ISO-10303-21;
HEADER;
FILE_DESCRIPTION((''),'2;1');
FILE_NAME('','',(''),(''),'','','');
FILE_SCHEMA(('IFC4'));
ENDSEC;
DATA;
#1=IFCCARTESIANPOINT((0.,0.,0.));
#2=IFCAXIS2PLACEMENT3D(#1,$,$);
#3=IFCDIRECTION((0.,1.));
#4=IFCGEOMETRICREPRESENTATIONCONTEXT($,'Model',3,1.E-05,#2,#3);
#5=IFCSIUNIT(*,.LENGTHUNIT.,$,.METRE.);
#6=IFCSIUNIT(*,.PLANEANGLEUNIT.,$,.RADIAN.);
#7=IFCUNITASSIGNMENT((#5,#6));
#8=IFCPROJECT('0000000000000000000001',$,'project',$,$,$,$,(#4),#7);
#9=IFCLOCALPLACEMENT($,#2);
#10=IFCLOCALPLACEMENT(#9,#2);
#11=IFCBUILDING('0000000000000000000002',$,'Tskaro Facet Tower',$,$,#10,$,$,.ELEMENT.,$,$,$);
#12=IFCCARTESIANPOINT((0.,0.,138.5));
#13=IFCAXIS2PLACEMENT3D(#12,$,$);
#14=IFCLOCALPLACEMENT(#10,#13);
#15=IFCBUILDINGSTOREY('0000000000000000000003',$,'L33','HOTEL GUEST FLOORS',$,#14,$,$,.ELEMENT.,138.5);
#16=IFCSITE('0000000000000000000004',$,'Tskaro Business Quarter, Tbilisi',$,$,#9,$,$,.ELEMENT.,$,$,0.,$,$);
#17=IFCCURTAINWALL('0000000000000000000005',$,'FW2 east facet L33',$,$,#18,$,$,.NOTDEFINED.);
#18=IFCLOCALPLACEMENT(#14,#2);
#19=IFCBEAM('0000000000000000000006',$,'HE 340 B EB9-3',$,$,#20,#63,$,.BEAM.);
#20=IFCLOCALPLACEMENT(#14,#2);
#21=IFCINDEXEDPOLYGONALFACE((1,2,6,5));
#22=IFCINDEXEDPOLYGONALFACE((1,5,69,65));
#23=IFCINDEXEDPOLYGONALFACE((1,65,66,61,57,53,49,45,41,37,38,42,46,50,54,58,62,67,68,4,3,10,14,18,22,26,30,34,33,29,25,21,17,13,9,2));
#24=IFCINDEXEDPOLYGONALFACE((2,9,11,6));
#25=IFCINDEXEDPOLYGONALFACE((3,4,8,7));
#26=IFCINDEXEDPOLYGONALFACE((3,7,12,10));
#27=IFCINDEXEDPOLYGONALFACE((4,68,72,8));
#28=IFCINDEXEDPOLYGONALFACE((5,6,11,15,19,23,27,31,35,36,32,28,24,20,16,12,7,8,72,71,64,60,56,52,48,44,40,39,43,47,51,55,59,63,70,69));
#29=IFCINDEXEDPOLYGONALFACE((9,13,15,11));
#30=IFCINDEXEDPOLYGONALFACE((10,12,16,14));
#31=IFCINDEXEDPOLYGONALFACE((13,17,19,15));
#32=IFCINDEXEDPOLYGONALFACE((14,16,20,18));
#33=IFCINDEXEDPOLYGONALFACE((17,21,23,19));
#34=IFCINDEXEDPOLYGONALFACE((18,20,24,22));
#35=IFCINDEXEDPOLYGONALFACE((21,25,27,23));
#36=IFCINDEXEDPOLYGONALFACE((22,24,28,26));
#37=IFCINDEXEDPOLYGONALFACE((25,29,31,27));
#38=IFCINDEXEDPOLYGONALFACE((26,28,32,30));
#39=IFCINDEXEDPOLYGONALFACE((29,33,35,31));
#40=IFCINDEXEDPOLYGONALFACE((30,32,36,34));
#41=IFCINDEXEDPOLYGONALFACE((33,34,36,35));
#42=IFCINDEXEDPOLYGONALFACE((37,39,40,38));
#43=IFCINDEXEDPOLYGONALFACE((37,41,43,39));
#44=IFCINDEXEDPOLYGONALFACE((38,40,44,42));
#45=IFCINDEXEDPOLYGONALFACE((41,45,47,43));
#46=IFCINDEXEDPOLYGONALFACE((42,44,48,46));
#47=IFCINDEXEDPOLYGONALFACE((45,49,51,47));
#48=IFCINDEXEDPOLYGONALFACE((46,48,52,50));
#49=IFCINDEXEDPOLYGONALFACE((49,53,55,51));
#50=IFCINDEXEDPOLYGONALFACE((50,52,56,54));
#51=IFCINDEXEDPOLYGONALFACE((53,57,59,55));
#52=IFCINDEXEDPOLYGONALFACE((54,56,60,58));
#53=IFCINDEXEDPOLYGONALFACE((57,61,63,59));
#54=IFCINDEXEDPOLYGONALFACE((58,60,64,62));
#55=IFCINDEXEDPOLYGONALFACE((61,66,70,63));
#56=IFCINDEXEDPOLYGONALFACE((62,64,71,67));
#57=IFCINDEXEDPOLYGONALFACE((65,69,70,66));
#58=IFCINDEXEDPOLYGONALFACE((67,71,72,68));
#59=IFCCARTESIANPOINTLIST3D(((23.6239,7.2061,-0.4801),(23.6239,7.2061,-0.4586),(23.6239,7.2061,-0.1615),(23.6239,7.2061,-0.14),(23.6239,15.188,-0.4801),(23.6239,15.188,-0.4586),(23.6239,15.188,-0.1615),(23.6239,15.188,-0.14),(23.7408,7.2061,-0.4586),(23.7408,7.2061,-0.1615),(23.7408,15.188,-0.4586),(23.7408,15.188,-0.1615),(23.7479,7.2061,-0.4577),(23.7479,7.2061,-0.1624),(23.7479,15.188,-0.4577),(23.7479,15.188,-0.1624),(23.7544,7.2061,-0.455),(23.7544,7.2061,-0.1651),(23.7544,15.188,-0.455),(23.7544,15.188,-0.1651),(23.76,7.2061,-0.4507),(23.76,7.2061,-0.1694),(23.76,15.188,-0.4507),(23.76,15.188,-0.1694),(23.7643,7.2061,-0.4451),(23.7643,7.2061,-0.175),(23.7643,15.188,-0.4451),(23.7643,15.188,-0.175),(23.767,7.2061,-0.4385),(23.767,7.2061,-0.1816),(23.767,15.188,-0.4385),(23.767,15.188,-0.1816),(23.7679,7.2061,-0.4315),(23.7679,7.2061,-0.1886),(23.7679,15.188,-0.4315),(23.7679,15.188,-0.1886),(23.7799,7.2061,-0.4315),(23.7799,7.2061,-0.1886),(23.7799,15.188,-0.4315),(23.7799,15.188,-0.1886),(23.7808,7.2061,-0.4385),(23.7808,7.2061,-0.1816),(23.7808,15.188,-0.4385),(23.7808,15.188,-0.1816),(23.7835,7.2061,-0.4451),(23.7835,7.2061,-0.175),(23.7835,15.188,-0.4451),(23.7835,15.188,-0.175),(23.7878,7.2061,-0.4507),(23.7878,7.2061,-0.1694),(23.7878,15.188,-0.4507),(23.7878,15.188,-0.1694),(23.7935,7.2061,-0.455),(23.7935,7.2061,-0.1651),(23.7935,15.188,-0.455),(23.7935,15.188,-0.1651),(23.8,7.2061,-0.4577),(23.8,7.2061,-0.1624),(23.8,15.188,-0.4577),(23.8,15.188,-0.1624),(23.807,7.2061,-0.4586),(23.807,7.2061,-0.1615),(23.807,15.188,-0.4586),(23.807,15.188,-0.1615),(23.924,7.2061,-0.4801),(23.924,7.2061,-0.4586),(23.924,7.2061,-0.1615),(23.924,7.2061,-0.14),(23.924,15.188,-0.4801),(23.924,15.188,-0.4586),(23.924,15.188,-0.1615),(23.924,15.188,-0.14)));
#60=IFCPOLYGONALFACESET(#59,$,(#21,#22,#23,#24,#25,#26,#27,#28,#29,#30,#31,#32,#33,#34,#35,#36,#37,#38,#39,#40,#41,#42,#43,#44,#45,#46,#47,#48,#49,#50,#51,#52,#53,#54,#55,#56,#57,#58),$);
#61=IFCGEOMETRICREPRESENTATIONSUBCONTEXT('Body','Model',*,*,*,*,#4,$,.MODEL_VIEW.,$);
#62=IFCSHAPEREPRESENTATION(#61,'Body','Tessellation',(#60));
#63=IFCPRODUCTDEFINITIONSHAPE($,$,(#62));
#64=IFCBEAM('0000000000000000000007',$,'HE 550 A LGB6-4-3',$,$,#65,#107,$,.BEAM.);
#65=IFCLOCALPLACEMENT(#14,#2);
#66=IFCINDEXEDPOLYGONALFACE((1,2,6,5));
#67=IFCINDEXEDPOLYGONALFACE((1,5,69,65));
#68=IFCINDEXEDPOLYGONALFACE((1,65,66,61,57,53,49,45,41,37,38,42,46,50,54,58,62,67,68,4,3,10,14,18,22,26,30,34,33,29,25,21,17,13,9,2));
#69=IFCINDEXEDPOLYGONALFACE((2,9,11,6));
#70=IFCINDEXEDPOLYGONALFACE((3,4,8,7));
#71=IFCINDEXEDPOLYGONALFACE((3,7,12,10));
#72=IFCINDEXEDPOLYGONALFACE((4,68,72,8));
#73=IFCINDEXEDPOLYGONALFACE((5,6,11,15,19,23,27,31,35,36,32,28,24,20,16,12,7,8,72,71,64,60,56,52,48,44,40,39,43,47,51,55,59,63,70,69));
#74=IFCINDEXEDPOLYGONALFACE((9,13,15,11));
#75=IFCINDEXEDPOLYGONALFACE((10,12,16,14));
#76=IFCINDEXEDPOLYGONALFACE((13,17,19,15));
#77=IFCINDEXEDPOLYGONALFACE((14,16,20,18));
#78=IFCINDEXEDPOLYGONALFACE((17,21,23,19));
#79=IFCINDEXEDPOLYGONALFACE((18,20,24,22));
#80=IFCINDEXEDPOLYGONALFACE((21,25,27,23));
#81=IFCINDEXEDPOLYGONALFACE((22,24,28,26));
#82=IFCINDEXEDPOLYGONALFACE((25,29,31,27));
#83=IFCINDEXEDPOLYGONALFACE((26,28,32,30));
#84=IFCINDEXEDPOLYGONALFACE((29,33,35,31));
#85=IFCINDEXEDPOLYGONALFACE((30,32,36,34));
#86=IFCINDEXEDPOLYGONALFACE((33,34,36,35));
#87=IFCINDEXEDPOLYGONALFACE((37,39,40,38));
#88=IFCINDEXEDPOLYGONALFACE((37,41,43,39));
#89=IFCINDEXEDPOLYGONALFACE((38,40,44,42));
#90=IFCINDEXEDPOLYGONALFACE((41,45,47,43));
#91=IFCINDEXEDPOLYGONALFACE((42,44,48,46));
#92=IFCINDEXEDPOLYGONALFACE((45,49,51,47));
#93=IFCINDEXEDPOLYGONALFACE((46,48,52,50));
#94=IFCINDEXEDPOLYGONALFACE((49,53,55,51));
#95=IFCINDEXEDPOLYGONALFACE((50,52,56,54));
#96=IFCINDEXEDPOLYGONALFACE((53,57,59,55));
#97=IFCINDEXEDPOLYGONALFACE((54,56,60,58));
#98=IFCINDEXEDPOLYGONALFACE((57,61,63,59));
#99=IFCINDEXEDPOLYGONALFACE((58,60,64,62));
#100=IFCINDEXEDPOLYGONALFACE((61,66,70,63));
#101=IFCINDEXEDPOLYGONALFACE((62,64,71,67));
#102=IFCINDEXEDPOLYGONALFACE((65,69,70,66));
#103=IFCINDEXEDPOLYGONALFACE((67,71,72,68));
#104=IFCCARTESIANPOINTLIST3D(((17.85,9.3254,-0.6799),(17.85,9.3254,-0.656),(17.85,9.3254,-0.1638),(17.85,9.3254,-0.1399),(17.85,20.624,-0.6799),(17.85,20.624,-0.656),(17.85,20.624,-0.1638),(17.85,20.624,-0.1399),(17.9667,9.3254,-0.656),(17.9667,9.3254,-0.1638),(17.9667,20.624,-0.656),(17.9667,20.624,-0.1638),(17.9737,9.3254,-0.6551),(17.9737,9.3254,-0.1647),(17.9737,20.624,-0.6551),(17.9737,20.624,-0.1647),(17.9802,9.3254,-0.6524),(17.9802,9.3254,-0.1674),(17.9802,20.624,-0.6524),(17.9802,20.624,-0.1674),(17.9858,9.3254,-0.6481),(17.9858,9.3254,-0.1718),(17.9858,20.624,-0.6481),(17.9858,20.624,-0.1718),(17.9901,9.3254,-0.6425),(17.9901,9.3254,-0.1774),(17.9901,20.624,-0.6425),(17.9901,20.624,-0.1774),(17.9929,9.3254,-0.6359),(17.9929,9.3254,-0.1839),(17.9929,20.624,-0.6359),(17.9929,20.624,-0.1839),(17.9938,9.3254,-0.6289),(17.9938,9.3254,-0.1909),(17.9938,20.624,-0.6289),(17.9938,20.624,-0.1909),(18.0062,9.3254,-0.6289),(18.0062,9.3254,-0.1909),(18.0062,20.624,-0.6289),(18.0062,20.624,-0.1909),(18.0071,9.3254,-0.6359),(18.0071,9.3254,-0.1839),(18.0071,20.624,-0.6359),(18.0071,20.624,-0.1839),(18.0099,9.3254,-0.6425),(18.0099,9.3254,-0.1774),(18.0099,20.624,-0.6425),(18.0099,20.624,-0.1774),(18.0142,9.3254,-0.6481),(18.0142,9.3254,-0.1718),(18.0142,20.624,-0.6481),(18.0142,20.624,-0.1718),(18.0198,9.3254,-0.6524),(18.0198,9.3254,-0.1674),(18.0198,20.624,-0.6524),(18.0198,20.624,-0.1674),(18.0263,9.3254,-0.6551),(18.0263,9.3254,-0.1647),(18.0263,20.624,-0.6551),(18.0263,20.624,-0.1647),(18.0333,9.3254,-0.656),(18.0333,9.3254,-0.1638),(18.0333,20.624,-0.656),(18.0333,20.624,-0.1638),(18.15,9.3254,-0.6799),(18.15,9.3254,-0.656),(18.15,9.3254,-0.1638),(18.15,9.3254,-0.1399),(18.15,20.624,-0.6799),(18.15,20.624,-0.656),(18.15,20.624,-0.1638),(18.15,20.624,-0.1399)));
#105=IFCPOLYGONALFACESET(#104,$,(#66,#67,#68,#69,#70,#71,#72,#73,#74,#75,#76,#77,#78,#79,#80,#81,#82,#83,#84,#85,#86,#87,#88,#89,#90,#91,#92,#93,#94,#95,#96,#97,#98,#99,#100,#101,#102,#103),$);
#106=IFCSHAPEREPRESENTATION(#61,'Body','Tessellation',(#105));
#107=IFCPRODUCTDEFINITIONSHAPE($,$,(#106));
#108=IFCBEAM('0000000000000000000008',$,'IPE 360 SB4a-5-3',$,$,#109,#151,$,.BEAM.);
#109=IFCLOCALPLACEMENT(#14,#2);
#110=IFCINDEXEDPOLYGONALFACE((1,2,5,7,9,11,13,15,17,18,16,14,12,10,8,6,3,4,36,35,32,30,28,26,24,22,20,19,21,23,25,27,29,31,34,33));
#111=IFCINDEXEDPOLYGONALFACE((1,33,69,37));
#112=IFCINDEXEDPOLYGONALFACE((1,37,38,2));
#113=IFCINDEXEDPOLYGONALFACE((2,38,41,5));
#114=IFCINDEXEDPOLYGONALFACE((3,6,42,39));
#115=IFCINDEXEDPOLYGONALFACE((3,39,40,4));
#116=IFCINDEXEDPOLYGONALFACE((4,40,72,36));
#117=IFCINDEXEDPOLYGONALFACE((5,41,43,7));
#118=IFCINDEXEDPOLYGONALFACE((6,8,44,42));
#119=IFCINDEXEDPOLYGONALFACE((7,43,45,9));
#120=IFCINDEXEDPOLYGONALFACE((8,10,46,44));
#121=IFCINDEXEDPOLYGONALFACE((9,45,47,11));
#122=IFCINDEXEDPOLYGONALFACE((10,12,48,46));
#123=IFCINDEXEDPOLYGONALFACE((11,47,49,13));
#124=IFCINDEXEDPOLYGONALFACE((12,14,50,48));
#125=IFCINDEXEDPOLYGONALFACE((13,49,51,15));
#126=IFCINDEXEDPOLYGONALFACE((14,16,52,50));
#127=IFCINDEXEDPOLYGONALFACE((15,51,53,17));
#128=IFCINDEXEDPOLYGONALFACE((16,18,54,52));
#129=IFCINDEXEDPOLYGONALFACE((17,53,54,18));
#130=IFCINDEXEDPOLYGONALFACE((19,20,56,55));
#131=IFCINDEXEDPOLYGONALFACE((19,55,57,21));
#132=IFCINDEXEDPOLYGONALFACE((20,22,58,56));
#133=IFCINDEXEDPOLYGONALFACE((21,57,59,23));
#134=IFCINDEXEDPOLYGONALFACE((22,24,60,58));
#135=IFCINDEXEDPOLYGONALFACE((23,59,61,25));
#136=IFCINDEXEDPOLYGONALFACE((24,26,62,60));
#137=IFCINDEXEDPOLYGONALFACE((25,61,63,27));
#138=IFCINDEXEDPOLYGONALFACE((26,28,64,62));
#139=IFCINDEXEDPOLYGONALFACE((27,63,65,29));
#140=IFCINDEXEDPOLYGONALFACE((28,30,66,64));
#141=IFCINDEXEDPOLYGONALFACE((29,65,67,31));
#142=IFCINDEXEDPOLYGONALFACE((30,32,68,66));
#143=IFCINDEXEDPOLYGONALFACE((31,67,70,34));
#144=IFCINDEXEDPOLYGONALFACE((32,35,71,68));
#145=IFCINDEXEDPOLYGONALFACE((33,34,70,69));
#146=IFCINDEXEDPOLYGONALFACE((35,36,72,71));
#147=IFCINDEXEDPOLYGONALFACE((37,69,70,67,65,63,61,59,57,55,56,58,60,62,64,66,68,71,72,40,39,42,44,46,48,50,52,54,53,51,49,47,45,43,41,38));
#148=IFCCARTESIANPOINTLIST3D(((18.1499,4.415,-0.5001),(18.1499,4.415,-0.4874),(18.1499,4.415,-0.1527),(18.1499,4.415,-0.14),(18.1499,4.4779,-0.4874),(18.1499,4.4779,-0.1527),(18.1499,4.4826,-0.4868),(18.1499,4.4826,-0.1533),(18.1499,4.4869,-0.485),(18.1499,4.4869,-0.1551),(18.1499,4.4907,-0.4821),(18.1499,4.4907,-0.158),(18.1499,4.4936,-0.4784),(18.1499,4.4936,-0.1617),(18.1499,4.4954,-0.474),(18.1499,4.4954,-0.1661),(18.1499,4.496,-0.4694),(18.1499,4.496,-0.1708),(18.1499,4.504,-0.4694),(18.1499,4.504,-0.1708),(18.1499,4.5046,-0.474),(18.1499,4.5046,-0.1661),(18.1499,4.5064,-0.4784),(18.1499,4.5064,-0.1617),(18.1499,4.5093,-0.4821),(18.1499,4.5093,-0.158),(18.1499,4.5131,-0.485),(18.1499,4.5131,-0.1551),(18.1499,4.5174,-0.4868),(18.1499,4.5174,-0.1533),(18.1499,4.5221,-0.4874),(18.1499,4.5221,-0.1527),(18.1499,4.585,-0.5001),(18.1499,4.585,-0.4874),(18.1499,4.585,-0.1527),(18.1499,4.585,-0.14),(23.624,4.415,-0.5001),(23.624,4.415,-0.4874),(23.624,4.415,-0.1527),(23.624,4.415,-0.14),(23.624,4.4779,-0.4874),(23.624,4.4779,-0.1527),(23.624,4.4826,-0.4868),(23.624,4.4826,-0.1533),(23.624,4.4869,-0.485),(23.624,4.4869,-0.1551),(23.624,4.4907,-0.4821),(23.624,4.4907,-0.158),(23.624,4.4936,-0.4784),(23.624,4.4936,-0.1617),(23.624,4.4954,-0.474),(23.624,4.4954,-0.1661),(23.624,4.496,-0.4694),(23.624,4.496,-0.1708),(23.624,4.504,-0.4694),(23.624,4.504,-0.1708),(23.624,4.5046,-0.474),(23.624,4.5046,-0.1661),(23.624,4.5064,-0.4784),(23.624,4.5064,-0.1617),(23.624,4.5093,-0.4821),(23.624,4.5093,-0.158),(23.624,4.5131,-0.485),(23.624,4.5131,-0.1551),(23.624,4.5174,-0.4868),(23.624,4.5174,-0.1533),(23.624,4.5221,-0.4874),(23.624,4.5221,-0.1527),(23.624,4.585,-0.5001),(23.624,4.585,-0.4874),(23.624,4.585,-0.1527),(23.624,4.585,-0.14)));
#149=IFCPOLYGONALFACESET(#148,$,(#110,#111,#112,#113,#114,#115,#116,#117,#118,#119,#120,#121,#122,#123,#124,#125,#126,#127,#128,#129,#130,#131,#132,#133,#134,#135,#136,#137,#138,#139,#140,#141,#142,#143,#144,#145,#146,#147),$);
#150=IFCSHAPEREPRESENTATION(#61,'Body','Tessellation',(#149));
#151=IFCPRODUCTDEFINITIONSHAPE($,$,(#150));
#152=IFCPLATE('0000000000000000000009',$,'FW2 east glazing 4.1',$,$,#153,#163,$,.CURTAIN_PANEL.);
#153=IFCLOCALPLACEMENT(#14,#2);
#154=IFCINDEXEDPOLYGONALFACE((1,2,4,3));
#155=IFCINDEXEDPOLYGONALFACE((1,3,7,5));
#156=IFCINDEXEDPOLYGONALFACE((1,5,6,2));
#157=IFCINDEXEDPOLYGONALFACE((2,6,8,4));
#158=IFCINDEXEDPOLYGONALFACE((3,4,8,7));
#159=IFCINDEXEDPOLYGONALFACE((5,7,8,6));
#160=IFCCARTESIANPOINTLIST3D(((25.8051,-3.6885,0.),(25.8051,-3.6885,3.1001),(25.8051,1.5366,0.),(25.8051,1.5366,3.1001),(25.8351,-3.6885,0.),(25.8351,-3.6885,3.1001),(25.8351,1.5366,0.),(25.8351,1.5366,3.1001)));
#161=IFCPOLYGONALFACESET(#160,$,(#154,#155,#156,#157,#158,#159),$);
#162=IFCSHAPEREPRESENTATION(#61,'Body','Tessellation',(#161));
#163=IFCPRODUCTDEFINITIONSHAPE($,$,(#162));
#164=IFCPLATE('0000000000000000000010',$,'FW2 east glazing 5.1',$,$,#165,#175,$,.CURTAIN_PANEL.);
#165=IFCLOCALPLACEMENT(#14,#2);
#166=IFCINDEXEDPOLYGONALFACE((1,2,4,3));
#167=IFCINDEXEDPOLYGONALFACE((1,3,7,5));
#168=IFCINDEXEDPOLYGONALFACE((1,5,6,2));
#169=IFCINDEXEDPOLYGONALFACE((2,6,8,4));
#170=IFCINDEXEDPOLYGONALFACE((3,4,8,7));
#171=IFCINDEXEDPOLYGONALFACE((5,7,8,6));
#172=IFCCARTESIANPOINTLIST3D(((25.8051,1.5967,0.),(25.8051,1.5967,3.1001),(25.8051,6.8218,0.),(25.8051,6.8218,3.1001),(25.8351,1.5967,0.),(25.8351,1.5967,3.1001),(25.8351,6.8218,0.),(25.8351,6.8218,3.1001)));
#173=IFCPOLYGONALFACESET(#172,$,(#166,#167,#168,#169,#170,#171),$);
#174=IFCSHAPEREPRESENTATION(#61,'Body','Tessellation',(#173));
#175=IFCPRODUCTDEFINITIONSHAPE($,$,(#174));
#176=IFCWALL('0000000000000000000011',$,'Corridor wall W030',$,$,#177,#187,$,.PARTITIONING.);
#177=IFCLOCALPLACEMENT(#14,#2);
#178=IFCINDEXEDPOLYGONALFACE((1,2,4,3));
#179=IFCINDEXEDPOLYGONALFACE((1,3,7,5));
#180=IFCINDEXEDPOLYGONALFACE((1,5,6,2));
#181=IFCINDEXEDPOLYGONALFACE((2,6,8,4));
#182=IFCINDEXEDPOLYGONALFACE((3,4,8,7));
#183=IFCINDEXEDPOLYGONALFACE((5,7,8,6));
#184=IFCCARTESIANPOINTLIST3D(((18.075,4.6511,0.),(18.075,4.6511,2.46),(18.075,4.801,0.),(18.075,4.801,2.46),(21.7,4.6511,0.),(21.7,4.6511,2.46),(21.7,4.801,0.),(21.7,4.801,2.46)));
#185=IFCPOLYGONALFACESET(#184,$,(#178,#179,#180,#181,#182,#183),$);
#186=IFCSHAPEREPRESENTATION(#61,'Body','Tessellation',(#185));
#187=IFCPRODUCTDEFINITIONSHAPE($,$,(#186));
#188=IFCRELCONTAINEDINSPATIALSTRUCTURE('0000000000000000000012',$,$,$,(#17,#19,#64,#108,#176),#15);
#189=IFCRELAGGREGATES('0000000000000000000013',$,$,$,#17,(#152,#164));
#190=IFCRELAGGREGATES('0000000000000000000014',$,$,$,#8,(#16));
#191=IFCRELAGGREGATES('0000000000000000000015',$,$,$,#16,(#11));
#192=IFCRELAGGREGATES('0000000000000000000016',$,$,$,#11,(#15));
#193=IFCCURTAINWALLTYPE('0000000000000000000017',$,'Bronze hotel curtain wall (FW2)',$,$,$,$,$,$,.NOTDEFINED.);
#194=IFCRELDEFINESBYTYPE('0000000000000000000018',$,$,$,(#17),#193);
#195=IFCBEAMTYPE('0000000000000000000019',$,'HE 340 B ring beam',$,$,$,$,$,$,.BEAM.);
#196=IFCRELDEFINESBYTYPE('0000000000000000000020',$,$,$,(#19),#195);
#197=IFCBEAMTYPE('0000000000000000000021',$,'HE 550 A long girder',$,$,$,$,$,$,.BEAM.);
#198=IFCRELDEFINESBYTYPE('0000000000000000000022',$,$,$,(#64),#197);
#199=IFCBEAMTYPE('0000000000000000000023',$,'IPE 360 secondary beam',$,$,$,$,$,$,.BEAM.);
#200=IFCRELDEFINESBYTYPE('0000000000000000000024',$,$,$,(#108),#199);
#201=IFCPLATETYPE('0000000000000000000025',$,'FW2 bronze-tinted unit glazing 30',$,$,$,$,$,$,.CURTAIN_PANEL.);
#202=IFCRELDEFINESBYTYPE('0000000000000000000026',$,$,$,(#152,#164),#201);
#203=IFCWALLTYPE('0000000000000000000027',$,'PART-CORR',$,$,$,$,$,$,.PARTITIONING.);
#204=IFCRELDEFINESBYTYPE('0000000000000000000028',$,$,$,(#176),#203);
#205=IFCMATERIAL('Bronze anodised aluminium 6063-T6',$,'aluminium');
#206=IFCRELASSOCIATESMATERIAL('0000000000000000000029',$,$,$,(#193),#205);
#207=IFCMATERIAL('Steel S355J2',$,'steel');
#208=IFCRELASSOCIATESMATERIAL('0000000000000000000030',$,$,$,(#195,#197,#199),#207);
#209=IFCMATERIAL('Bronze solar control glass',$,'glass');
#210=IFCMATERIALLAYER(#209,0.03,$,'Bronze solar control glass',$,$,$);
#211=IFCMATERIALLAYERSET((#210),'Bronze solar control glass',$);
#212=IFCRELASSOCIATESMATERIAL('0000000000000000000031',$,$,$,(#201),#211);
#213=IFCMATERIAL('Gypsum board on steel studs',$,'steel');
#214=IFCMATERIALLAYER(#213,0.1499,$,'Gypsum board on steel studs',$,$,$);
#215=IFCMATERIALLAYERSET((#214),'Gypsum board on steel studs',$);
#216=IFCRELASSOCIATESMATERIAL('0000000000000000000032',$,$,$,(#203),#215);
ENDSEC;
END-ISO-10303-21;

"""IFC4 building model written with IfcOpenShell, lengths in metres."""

from ifc_helpers import new_model, si_unit, direction, frame, frame_2d, origin, origin_2d, place, context, subcontext, project, spatial, rectangle, i_section, extrude, material, layer, layer_set, material_profile, profile_set, type_object, element, aggregate, save


model = new_model("IFC4")

# Units and contexts
model_context = context("Model", 3, precision=1e-05, world=origin(), true_north=direction((0.0, 1.0)))
body_context = subcontext(model_context, "Body", "Model", "MODEL_VIEW")
ifc_project = project(units=[si_unit("LENGTHUNIT", "METRE"), si_unit("PLANEANGLEUNIT", "RADIAN")], contexts=[model_context])

# Site, building, storey
site_placement = place(None, origin())
site = spatial("IfcSite", under=ifc_project, at=site_placement, Name="Tskaro Business Quarter, Tbilisi", CompositionType="ELEMENT", RefElevation=0.0)
building_placement = place(site_placement, origin())
building = spatial("IfcBuilding", under=site, at=building_placement, Name="Tskaro Facet Tower", CompositionType="ELEMENT")
storey_placement = place(building_placement, frame((0.0, 0.0, 138.5)))
storey = spatial("IfcBuildingStorey", under=building, at=storey_placement, Name="L33", Description="HOTEL GUEST FLOORS", CompositionType="ELEMENT", Elevation=138.5)

# Curtain wall
ifc_material_1 = material(Name="Bronze anodised aluminium 6063-T6", Category="aluminium")
curtain_wall_type = type_object("IfcCurtainWallType", Name="Bronze hotel curtain wall (FW2)", PredefinedType="NOTDEFINED", material=ifc_material_1)
curtain_wall_placement = place(storey_placement, origin())
curtain_wall = element("IfcCurtainWall", 1, at=curtain_wall_placement, inside=storey, type_object=curtain_wall_type, Name="FW2 east facet L33", PredefinedType="NOTDEFINED")

# Beams
ifc_material_2 = material(Name="Steel S355J2", Category="steel")
ifc_material_profile_1 = material_profile(ifc_material_2, i_section(OverallWidth=0.3, OverallDepth=0.3401, WebThickness=0.012, FlangeThickness=0.0215, FilletRadius=0.0271, at=origin_2d()), Name="HE 340 B")
ifc_profile_set_1 = profile_set([ifc_material_profile_1], Name="Steel S355J2")
beam_type_1 = type_object("IfcBeamType", Name="HE 340 B ring beam", PredefinedType="BEAM", material=ifc_profile_set_1)
for number, where, z_axis, x_axis, name in (
    (2, (23.7739, 7.2061, -0.3101), (0.0, 1.0, 0.0), (-1.0, 0.0, 0.0), "HE 340 B EB9-3"),
):
    element("IfcBeam", number, at=place(storey_placement, frame(where, z_axis=z_axis, x_axis=x_axis)), inside=storey, type_object=beam_type_1, Name=name, PredefinedType="BEAM", context=body_context, shape_type="SweptSolid", body=[
        extrude(i_section(OverallWidth=0.3, OverallDepth=0.3401, WebThickness=0.012, FlangeThickness=0.0215, FilletRadius=0.0271, at=origin_2d()), origin(), (0.0, 0.0, 1.0), 7.9819),
    ])
ifc_material_profile_2 = material_profile(ifc_material_2, i_section(OverallWidth=0.3, OverallDepth=0.54, WebThickness=0.0125, FlangeThickness=0.0239, FilletRadius=0.0271, at=origin_2d()), Name="HE 550 A")
ifc_profile_set_2 = profile_set([ifc_material_profile_2], Name="Steel S355J2")
beam_type_2 = type_object("IfcBeamType", Name="HE 550 A long girder", PredefinedType="BEAM", material=ifc_profile_set_2)
beam_1_placement = place(storey_placement, frame((18.0, 9.3254, -0.4099), z_axis=(0.0, 1.0, 0.0), x_axis=(-1.0, 0.0, 0.0)))
element("IfcBeam", 3, at=beam_1_placement, inside=storey, type_object=beam_type_2, Name="HE 550 A LGB6-4-3", PredefinedType="BEAM", context=body_context, shape_type="SweptSolid", body=[
    extrude(i_section(OverallWidth=0.3, OverallDepth=0.54, WebThickness=0.0125, FlangeThickness=0.0239, FilletRadius=0.0271, at=origin_2d()), origin(), (0.0, 0.0, 1.0), 11.2986),
])
ifc_material_profile_3 = material_profile(ifc_material_2, i_section(OverallWidth=0.1699, OverallDepth=0.3601, WebThickness=0.0081, FlangeThickness=0.0127, FilletRadius=0.0181, at=origin_2d()), Name="IPE 360")
ifc_profile_set_3 = profile_set([ifc_material_profile_3], Name="Steel S355J2")
beam_type_3 = type_object("IfcBeamType", Name="IPE 360 secondary beam", PredefinedType="BEAM", material=ifc_profile_set_3)
beam_2_placement = place(storey_placement, frame((18.1499, 4.5, -0.3201), z_axis=(1.0, 0.0, 0.0), x_axis=(0.0, 1.0, 0.0)))
element("IfcBeam", 4, at=beam_2_placement, inside=storey, type_object=beam_type_3, Name="IPE 360 SB4a-5-3", PredefinedType="BEAM", context=body_context, shape_type="SweptSolid", body=[
    extrude(i_section(OverallWidth=0.1699, OverallDepth=0.3601, WebThickness=0.0081, FlangeThickness=0.0127, FilletRadius=0.0181, at=origin_2d()), origin(), (0.0, 0.0, 1.0), 5.4741),
])

# Plates
ifc_material_3 = material(Name="Bronze solar control glass", Category="glass")
ifc_layer_1 = layer(ifc_material_3, 0.03, Name="Bronze solar control glass")
ifc_layer_set_1 = layer_set([ifc_layer_1], Name="Bronze solar control glass")
plate_type = type_object("IfcPlateType", Name="FW2 bronze-tinted unit glazing 30", PredefinedType="CURTAIN_PANEL", material=ifc_layer_set_1)
plate_1_placement = place(storey_placement, frame((25.8201, -1.0759, 0.0), z_axis=(0.0, 0.0, 1.0), x_axis=(0.0, 1.0, 0.0)))
plate_1 = element("IfcPlate", 5, at=plate_1_placement, type_object=plate_type, Name="FW2 east glazing 4.1", PredefinedType="CURTAIN_PANEL", context=body_context, shape_type="SweptSolid", body=[
    extrude(rectangle(XDim=5.2251, YDim=0.03, at=origin_2d()), origin(), (0.0, 0.0, 1.0), 3.1001),
])
plate_2_placement = place(storey_placement, frame((25.8201, 4.2092, 0.0), z_axis=(0.0, 0.0, 1.0), x_axis=(0.0, 1.0, 0.0)))
plate_2 = element("IfcPlate", 6, at=plate_2_placement, type_object=plate_type, Name="FW2 east glazing 5.1", PredefinedType="CURTAIN_PANEL", context=body_context, shape_type="SweptSolid", body=[
    extrude(rectangle(XDim=5.2251, YDim=0.03, at=origin_2d()), origin(), (0.0, 0.0, 1.0), 3.1001),
])
aggregate(curtain_wall, [plate_1, plate_2])

# Wall
ifc_material_4 = material(Name="Gypsum board on steel studs", Category="steel")
ifc_layer_2 = layer(ifc_material_4, 0.1499, Name="Gypsum board on steel studs")
ifc_layer_set_2 = layer_set([ifc_layer_2], Name="Gypsum board on steel studs")
wall_type_1 = type_object("IfcWallType", Name="PART-CORR", PredefinedType="PARTITIONING", material=ifc_layer_set_2)
for number, where, z_axis, x_axis, name in (
    (7, (18.075, 4.7261, 0.0), (0.0, 0.0, 1.0), (1.0, 0.0, 0.0), "Corridor wall W030"),
):
    element("IfcWall", number, at=place(storey_placement, frame(where, z_axis=z_axis, x_axis=x_axis)), inside=storey, type_object=wall_type_1, Name=name, PredefinedType="PARTITIONING", context=body_context, shape_type="SweptSolid", body=[
        extrude(rectangle(XDim=3.625, YDim=0.1499, at=frame_2d((1.8125, 0.0))), origin(), (0.0, 0.0, 1.0), 2.46),
    ])

save(model, "model.ifc")
